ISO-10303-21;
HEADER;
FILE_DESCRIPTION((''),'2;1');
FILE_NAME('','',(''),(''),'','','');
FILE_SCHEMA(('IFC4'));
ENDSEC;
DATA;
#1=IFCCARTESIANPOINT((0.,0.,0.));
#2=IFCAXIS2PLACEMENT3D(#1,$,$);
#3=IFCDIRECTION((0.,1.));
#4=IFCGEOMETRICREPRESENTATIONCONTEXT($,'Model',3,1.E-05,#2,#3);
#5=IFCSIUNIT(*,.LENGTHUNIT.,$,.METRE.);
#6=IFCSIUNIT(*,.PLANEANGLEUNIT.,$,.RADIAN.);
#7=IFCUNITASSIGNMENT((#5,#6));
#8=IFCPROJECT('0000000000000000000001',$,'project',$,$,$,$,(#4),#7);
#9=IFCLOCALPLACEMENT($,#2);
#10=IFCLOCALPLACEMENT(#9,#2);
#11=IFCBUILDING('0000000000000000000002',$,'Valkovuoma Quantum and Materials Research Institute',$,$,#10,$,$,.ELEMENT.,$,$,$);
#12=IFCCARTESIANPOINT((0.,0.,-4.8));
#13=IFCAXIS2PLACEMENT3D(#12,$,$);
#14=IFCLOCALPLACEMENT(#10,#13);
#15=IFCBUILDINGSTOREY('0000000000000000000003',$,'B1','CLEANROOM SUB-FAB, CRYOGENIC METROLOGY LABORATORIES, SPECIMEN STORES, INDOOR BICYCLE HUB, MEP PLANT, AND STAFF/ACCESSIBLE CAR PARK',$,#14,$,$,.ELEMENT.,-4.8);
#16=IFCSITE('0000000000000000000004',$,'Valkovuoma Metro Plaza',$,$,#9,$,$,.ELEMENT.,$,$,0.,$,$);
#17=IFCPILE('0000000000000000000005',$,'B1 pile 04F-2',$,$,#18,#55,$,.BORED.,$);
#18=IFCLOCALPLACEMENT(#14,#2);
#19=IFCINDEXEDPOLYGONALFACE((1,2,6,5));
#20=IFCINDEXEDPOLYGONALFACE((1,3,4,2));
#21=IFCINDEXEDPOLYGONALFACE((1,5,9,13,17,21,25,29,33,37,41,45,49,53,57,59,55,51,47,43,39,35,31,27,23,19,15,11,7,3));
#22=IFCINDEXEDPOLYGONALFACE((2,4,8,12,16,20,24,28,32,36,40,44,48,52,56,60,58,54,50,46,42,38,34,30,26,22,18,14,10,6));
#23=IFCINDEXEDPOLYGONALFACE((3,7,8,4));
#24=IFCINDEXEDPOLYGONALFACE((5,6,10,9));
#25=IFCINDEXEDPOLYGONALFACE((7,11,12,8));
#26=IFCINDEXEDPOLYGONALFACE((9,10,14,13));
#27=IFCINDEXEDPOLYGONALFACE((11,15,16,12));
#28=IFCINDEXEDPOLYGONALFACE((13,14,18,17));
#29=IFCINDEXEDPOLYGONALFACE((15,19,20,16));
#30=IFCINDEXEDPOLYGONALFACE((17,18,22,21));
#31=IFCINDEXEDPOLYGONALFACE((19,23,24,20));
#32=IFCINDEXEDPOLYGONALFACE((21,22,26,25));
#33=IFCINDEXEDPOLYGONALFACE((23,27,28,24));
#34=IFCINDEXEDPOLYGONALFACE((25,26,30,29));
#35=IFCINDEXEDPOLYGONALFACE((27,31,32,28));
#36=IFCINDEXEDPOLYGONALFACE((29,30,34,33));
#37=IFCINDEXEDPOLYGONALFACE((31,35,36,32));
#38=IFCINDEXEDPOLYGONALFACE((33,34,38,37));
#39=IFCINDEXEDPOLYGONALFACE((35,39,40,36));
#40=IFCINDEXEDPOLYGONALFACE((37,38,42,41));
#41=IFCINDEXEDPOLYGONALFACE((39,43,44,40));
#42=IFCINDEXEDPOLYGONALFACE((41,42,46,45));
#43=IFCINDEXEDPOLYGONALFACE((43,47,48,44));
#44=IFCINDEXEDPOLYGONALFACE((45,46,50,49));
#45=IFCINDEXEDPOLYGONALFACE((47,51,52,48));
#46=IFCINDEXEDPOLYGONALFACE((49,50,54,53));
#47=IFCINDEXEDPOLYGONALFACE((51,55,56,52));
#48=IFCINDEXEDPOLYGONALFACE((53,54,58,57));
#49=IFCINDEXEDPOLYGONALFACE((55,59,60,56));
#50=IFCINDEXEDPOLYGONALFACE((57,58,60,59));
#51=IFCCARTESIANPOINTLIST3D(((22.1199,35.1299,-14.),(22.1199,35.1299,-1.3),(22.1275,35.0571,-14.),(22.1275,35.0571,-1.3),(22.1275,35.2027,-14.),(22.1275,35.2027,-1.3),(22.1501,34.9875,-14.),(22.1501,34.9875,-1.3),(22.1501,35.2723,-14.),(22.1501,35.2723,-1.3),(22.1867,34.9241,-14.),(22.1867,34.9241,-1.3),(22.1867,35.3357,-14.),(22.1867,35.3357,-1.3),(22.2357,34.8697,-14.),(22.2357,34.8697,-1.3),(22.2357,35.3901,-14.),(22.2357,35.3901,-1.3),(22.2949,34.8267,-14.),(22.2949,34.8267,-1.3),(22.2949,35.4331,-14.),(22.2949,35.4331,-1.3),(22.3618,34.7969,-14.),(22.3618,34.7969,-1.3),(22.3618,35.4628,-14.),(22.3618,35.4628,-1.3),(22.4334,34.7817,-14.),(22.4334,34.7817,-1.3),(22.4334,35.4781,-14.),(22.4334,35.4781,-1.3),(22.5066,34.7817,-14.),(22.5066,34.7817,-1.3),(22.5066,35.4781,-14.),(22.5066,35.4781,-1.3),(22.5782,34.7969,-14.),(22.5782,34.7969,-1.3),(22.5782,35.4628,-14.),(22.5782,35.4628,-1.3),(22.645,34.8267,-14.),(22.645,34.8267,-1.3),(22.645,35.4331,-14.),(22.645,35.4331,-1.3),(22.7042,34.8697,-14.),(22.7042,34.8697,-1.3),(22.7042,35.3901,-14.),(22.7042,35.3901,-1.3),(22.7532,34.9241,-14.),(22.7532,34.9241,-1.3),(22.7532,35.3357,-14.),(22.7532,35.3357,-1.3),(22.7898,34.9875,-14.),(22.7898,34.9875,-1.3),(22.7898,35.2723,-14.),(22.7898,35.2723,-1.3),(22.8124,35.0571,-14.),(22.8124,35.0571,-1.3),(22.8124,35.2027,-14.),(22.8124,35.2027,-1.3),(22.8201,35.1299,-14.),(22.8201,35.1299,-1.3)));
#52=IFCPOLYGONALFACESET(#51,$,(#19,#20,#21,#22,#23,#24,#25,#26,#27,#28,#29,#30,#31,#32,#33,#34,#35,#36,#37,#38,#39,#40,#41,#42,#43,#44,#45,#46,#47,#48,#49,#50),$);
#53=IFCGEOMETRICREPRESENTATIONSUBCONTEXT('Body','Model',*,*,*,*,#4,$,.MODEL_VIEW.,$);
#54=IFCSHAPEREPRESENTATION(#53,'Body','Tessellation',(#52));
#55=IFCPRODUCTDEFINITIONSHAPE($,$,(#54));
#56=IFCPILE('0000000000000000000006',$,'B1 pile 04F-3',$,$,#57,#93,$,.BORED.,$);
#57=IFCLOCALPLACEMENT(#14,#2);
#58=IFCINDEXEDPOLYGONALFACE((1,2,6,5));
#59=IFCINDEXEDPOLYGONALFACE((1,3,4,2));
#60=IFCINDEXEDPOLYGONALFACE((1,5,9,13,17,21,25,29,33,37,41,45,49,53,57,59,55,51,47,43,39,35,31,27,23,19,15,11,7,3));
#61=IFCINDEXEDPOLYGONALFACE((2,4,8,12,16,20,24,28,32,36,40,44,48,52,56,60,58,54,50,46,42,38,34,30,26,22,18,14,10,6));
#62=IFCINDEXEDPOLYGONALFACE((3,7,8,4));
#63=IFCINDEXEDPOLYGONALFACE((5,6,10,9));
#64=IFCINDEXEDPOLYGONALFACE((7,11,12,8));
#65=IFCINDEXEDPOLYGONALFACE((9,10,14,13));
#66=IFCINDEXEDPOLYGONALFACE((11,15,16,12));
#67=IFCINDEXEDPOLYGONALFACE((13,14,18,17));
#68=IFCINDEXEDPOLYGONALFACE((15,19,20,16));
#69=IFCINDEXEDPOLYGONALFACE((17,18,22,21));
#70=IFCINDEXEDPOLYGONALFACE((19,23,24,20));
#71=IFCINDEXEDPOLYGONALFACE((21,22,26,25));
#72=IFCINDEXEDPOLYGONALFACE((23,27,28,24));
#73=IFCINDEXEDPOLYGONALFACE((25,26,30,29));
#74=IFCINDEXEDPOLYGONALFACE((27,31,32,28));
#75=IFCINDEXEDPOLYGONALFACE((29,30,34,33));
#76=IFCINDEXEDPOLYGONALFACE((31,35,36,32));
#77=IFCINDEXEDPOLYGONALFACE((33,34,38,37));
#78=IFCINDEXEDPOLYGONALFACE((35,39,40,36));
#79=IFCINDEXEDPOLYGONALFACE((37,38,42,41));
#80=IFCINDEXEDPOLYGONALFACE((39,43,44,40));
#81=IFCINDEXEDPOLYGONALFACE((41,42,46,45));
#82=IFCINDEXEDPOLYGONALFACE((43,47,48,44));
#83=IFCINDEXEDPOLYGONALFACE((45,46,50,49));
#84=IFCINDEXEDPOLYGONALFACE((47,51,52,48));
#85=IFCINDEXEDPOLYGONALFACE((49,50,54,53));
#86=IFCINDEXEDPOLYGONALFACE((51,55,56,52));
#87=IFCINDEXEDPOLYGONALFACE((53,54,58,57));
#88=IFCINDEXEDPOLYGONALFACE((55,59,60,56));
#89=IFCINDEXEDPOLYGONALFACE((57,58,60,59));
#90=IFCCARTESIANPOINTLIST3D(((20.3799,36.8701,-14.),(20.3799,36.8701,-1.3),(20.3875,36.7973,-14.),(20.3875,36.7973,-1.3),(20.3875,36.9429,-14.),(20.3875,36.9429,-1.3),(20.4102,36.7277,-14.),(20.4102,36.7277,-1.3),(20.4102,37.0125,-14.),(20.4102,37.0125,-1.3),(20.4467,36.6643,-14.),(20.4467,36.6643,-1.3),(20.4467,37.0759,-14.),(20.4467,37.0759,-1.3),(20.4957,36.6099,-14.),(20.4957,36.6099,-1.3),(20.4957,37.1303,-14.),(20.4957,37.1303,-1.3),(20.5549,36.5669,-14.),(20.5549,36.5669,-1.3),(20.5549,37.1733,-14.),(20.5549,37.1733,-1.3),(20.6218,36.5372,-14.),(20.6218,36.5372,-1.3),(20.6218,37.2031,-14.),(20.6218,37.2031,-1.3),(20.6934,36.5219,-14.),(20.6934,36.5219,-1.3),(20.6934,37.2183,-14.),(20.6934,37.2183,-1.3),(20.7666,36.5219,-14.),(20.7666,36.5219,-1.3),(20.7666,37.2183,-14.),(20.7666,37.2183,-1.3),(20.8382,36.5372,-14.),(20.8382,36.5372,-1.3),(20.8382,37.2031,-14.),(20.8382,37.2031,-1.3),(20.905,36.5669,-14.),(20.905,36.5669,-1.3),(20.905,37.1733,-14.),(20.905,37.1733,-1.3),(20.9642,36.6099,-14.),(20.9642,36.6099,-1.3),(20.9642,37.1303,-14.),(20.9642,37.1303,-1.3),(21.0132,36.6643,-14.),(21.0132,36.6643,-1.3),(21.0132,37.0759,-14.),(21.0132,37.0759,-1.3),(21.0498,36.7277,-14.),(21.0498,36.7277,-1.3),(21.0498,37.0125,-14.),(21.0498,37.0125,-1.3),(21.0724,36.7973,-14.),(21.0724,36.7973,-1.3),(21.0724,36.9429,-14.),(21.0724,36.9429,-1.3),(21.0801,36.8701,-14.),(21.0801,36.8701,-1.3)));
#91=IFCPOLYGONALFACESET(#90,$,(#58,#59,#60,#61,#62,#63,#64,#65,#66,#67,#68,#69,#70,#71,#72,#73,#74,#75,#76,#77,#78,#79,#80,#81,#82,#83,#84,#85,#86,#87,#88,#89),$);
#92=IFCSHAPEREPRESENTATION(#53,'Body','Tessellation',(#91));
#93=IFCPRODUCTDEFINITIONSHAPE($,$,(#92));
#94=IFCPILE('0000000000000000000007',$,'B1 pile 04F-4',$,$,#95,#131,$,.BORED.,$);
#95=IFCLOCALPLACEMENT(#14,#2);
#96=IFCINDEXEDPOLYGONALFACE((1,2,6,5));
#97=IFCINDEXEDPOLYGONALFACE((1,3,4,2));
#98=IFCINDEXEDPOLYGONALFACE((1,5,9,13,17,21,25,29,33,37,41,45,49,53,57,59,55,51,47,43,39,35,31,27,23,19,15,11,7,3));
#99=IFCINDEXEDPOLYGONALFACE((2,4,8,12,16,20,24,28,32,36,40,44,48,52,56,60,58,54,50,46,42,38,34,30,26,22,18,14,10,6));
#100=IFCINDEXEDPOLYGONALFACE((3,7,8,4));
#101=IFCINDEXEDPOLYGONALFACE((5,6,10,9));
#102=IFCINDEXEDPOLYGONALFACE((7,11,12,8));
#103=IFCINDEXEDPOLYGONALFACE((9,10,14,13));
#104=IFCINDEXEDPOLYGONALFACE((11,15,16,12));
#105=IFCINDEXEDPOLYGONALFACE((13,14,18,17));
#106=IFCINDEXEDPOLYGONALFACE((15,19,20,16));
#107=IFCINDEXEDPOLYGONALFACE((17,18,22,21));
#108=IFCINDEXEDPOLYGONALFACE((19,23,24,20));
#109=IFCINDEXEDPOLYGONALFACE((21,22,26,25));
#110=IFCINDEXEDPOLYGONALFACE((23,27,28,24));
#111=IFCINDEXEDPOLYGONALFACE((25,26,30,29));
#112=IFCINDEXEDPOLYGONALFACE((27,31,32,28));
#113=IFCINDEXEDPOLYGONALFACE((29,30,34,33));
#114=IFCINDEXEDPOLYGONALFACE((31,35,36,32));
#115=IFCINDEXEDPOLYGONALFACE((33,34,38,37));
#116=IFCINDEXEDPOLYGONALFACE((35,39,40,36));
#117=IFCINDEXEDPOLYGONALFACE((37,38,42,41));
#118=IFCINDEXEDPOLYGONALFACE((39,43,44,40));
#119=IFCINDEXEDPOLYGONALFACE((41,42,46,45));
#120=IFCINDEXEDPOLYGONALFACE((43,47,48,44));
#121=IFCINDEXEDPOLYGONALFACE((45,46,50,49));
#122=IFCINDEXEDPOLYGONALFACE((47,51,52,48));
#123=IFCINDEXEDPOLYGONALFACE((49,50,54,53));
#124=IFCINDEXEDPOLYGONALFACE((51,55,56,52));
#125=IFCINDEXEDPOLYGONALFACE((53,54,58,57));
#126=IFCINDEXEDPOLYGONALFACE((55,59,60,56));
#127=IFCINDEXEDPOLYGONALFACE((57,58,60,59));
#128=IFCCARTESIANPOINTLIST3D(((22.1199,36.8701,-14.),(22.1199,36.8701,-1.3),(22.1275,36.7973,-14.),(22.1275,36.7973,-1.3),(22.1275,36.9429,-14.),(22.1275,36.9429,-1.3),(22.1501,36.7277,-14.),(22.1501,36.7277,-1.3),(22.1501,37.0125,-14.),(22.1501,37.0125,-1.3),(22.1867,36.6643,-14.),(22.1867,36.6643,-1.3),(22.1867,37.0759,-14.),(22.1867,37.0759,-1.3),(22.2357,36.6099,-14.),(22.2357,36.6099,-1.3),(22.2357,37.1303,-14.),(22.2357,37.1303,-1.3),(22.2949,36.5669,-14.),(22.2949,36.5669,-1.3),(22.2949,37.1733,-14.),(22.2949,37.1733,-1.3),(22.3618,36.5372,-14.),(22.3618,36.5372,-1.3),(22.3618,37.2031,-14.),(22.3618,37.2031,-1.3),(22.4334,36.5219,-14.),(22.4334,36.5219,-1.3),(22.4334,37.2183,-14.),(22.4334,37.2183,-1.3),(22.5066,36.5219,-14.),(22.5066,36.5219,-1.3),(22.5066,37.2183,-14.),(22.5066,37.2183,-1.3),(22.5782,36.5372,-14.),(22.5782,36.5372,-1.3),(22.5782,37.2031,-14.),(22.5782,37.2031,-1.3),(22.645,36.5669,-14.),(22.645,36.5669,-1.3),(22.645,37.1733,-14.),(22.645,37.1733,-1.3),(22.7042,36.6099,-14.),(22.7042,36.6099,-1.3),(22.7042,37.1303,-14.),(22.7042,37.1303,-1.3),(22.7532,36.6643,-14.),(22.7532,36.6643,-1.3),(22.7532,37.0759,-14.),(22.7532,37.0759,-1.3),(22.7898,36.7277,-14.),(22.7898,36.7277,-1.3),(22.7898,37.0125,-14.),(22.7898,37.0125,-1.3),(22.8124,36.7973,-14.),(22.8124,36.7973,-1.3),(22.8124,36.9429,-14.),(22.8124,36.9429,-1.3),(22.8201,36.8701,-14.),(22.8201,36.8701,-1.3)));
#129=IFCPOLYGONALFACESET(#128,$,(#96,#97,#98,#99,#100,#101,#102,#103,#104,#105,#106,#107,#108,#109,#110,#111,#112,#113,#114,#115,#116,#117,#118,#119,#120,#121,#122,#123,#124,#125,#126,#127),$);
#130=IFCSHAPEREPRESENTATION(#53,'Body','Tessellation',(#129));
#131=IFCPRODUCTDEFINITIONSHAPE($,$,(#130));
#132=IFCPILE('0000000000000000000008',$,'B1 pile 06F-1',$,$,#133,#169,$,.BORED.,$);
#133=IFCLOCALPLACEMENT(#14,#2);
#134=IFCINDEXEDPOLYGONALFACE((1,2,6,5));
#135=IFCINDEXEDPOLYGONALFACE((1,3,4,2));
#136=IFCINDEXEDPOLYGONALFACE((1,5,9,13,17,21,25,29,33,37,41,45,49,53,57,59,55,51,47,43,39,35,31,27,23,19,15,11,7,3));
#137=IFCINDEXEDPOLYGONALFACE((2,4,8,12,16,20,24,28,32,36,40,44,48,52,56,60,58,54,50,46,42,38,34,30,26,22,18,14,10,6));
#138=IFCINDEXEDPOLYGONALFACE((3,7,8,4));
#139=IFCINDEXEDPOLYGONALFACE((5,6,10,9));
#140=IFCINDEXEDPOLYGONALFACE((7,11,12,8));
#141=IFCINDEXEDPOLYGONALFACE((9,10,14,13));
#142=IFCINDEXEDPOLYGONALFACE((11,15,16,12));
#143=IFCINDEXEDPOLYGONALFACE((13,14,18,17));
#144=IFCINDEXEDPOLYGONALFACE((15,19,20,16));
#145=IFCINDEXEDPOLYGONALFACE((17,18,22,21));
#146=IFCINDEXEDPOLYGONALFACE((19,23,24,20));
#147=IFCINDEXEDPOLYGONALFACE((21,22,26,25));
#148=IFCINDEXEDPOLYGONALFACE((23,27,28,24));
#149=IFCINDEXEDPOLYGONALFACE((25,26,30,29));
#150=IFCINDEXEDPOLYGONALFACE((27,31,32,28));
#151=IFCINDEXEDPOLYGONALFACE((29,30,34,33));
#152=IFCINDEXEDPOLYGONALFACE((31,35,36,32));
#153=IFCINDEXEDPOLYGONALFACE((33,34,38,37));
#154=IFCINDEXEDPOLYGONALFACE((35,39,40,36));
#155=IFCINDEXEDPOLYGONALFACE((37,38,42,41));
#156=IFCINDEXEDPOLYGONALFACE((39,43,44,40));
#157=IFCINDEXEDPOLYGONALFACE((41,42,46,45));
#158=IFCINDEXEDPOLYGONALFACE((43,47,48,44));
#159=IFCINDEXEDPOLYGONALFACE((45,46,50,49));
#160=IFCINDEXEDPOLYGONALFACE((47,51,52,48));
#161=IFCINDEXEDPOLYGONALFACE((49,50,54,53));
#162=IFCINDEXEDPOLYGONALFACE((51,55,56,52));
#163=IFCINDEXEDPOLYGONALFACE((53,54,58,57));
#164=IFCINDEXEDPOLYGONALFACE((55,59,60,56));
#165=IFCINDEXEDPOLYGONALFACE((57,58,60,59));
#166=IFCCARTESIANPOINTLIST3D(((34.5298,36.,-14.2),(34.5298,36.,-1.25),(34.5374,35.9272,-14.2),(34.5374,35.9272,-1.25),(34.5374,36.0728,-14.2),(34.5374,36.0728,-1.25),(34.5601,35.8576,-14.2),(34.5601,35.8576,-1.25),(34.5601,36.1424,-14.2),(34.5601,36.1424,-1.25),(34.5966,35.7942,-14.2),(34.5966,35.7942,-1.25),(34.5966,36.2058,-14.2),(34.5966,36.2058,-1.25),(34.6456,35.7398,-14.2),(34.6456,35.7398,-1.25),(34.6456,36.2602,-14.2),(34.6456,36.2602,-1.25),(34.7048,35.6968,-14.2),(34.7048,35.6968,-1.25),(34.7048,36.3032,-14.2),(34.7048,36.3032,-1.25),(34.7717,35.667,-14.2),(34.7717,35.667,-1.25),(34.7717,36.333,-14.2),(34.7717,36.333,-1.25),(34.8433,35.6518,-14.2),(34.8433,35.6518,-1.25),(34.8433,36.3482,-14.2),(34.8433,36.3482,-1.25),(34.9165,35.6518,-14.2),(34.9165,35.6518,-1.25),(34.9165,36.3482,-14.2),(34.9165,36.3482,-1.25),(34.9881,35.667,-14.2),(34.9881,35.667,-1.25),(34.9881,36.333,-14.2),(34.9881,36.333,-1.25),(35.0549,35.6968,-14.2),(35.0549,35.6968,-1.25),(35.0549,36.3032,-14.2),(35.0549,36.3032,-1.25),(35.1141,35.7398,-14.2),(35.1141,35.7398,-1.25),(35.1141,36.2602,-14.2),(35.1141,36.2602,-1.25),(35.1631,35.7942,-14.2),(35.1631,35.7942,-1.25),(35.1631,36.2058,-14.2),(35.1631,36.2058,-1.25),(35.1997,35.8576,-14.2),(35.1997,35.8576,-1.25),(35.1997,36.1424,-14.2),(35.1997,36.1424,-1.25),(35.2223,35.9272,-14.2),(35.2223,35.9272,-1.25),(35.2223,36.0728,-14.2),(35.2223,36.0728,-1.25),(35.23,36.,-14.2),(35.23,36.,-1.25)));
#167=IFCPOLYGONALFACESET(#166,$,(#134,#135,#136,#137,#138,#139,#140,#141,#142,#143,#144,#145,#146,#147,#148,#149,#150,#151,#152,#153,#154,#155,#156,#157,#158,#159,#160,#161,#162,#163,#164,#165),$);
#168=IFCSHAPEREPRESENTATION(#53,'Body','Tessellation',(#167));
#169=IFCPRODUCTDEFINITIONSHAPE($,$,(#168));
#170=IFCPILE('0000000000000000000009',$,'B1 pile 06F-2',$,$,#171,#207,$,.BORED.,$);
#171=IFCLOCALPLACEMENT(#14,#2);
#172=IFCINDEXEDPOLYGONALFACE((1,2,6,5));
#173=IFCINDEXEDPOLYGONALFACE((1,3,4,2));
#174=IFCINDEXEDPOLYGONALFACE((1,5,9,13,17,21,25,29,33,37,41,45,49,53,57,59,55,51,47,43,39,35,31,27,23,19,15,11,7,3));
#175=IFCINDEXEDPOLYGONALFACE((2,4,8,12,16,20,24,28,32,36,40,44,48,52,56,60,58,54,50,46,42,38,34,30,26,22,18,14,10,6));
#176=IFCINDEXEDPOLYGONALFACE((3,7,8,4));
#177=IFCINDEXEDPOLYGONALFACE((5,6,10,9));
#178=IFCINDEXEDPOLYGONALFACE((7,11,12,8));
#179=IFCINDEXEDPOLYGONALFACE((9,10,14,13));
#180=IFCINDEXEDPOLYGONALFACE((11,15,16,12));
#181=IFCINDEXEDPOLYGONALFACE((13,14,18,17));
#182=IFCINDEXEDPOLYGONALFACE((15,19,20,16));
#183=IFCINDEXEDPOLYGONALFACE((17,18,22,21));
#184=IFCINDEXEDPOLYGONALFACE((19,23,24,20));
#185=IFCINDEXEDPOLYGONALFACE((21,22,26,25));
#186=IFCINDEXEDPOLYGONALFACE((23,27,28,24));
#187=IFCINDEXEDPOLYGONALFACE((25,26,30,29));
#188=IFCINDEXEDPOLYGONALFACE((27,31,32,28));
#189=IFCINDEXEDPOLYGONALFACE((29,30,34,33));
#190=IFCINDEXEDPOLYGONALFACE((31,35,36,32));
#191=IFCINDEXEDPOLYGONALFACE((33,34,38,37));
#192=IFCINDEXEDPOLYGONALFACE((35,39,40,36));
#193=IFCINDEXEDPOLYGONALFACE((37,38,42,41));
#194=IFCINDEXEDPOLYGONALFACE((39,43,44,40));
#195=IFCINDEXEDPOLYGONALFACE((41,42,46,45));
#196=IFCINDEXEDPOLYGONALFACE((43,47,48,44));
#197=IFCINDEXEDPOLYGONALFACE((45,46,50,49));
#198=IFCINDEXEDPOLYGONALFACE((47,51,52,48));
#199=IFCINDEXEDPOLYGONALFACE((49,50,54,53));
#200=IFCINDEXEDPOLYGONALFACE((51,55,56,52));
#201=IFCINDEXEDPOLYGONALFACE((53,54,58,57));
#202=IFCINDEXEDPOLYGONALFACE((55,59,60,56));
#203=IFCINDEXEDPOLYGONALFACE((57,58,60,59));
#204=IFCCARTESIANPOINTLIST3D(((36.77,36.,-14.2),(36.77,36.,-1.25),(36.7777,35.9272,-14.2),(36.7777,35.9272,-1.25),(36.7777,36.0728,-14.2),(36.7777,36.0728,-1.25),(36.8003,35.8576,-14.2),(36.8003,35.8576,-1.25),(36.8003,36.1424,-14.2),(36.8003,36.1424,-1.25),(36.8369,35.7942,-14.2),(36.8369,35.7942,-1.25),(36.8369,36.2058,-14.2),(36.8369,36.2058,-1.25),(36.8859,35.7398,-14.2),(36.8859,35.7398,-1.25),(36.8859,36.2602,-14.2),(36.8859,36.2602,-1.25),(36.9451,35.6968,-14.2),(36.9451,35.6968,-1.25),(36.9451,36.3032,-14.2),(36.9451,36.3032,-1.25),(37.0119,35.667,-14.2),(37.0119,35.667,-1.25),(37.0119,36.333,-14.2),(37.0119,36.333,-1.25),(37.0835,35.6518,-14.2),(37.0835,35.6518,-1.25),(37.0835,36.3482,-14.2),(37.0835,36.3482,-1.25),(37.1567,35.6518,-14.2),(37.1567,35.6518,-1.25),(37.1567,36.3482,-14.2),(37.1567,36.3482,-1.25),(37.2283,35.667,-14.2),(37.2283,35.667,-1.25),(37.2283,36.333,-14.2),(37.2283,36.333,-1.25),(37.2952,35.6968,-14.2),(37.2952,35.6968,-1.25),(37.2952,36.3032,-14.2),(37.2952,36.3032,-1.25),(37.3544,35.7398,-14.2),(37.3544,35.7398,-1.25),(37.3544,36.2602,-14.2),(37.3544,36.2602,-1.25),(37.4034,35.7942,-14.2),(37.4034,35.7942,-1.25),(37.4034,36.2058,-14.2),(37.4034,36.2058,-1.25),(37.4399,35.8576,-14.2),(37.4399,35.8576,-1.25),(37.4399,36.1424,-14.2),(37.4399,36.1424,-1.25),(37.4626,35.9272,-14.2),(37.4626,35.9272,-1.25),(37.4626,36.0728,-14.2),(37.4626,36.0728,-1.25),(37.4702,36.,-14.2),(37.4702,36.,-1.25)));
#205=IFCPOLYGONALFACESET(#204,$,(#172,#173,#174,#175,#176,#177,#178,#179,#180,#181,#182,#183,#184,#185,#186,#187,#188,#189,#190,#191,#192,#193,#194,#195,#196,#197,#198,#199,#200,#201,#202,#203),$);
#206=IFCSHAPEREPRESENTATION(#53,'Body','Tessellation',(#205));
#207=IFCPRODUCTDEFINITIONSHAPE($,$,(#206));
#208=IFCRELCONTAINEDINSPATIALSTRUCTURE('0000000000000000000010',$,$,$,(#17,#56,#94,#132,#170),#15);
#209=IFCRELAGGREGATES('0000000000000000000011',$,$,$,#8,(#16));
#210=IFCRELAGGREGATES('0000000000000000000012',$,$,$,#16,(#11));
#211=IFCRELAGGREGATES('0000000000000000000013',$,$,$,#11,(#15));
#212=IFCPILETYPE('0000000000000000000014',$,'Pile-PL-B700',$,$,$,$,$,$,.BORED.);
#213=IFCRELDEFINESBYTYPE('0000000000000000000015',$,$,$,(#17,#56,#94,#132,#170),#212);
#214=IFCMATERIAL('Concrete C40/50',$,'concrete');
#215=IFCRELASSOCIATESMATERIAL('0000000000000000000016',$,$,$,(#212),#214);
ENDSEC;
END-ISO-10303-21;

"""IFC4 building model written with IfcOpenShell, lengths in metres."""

from ifc_helpers import new_model, si_unit, direction, frame, origin, origin_2d, place, context, subcontext, project, spatial, circle, extrude, material, material_profile, profile_set, type_object, element, save


model = new_model("IFC4")

# Units and contexts
model_context = context("Model", 3, precision=1e-05, world=origin(), true_north=direction((0.0, 1.0)))
body_context = subcontext(model_context, "Body", "Model", "MODEL_VIEW")
ifc_project = project(units=[si_unit("LENGTHUNIT", "METRE"), si_unit("PLANEANGLEUNIT", "RADIAN")], contexts=[model_context])

# Site, building, storey
site_placement = place(None, origin())
site = spatial("IfcSite", under=ifc_project, at=site_placement, Name="Valkovuoma Metro Plaza", CompositionType="ELEMENT", RefElevation=0.0)
building_placement = place(site_placement, origin())
building = spatial("IfcBuilding", under=site, at=building_placement, Name="Valkovuoma Quantum and Materials Research Institute", CompositionType="ELEMENT")
storey_placement = place(building_placement, frame((0.0, 0.0, -4.8)))
storey = spatial("IfcBuildingStorey", under=building, at=storey_placement, Name="B1", Description="CLEANROOM SUB-FAB, CRYOGENIC METROLOGY LABORATORIES, SPECIMEN STORES, INDOOR BICYCLE HUB, MEP PLANT, AND STAFF/ACCESSIBLE CAR PARK", CompositionType="ELEMENT", Elevation=-4.8)

# Piles
ifc_material_1 = material(Name="Concrete C40/50", Category="concrete")
ifc_material_profile_1 = material_profile(ifc_material_1, circle(Radius=0.3501, at=origin_2d()), Name="Concrete C40/50")
ifc_profile_set_1 = profile_set([ifc_material_profile_1], Name="Concrete C40/50")
pile_type_1 = type_object("IfcPileType", Name="Pile-PL-B700", PredefinedType="BORED", material=ifc_profile_set_1)
for number, where, z_axis, x_axis, name in (
    (1, (22.47, 35.1299, -1.3), (0.0, 0.0, -1.0), (1.0, 0.0, 0.0), "B1 pile 04F-2"),
    (2, (20.73, 36.8701, -1.3), (0.0, 0.0, -1.0), (1.0, 0.0, 0.0), "B1 pile 04F-3"),
    (3, (22.47, 36.8701, -1.3), (0.0, 0.0, -1.0), (1.0, 0.0, 0.0), "B1 pile 04F-4"),
):
    element("IfcPile", number, at=place(storey_placement, frame(where, z_axis=z_axis, x_axis=x_axis)), inside=storey, type_object=pile_type_1, Name=name, PredefinedType="BORED", context=body_context, shape_type="SweptSolid", body=[
        extrude(circle(Radius=0.3501, at=origin_2d()), origin(), (0.0, 0.0, 1.0), 12.7),
    ])
for number, where, z_axis, x_axis, name in (
    (4, (34.8799, 36.0, -1.25), (0.0, 0.0, -1.0), (1.0, 0.0, 0.0), "B1 pile 06F-1"),
    (5, (37.1201, 36.0, -1.25), (0.0, 0.0, -1.0), (1.0, 0.0, 0.0), "B1 pile 06F-2"),
):
    element("IfcPile", number, at=place(storey_placement, frame(where, z_axis=z_axis, x_axis=x_axis)), inside=storey, type_object=pile_type_1, Name=name, PredefinedType="BORED", context=body_context, shape_type="SweptSolid", body=[
        extrude(circle(Radius=0.3501, at=origin_2d()), origin(), (0.0, 0.0, 1.0), 12.95),
    ])

save(model, "model.ifc")
